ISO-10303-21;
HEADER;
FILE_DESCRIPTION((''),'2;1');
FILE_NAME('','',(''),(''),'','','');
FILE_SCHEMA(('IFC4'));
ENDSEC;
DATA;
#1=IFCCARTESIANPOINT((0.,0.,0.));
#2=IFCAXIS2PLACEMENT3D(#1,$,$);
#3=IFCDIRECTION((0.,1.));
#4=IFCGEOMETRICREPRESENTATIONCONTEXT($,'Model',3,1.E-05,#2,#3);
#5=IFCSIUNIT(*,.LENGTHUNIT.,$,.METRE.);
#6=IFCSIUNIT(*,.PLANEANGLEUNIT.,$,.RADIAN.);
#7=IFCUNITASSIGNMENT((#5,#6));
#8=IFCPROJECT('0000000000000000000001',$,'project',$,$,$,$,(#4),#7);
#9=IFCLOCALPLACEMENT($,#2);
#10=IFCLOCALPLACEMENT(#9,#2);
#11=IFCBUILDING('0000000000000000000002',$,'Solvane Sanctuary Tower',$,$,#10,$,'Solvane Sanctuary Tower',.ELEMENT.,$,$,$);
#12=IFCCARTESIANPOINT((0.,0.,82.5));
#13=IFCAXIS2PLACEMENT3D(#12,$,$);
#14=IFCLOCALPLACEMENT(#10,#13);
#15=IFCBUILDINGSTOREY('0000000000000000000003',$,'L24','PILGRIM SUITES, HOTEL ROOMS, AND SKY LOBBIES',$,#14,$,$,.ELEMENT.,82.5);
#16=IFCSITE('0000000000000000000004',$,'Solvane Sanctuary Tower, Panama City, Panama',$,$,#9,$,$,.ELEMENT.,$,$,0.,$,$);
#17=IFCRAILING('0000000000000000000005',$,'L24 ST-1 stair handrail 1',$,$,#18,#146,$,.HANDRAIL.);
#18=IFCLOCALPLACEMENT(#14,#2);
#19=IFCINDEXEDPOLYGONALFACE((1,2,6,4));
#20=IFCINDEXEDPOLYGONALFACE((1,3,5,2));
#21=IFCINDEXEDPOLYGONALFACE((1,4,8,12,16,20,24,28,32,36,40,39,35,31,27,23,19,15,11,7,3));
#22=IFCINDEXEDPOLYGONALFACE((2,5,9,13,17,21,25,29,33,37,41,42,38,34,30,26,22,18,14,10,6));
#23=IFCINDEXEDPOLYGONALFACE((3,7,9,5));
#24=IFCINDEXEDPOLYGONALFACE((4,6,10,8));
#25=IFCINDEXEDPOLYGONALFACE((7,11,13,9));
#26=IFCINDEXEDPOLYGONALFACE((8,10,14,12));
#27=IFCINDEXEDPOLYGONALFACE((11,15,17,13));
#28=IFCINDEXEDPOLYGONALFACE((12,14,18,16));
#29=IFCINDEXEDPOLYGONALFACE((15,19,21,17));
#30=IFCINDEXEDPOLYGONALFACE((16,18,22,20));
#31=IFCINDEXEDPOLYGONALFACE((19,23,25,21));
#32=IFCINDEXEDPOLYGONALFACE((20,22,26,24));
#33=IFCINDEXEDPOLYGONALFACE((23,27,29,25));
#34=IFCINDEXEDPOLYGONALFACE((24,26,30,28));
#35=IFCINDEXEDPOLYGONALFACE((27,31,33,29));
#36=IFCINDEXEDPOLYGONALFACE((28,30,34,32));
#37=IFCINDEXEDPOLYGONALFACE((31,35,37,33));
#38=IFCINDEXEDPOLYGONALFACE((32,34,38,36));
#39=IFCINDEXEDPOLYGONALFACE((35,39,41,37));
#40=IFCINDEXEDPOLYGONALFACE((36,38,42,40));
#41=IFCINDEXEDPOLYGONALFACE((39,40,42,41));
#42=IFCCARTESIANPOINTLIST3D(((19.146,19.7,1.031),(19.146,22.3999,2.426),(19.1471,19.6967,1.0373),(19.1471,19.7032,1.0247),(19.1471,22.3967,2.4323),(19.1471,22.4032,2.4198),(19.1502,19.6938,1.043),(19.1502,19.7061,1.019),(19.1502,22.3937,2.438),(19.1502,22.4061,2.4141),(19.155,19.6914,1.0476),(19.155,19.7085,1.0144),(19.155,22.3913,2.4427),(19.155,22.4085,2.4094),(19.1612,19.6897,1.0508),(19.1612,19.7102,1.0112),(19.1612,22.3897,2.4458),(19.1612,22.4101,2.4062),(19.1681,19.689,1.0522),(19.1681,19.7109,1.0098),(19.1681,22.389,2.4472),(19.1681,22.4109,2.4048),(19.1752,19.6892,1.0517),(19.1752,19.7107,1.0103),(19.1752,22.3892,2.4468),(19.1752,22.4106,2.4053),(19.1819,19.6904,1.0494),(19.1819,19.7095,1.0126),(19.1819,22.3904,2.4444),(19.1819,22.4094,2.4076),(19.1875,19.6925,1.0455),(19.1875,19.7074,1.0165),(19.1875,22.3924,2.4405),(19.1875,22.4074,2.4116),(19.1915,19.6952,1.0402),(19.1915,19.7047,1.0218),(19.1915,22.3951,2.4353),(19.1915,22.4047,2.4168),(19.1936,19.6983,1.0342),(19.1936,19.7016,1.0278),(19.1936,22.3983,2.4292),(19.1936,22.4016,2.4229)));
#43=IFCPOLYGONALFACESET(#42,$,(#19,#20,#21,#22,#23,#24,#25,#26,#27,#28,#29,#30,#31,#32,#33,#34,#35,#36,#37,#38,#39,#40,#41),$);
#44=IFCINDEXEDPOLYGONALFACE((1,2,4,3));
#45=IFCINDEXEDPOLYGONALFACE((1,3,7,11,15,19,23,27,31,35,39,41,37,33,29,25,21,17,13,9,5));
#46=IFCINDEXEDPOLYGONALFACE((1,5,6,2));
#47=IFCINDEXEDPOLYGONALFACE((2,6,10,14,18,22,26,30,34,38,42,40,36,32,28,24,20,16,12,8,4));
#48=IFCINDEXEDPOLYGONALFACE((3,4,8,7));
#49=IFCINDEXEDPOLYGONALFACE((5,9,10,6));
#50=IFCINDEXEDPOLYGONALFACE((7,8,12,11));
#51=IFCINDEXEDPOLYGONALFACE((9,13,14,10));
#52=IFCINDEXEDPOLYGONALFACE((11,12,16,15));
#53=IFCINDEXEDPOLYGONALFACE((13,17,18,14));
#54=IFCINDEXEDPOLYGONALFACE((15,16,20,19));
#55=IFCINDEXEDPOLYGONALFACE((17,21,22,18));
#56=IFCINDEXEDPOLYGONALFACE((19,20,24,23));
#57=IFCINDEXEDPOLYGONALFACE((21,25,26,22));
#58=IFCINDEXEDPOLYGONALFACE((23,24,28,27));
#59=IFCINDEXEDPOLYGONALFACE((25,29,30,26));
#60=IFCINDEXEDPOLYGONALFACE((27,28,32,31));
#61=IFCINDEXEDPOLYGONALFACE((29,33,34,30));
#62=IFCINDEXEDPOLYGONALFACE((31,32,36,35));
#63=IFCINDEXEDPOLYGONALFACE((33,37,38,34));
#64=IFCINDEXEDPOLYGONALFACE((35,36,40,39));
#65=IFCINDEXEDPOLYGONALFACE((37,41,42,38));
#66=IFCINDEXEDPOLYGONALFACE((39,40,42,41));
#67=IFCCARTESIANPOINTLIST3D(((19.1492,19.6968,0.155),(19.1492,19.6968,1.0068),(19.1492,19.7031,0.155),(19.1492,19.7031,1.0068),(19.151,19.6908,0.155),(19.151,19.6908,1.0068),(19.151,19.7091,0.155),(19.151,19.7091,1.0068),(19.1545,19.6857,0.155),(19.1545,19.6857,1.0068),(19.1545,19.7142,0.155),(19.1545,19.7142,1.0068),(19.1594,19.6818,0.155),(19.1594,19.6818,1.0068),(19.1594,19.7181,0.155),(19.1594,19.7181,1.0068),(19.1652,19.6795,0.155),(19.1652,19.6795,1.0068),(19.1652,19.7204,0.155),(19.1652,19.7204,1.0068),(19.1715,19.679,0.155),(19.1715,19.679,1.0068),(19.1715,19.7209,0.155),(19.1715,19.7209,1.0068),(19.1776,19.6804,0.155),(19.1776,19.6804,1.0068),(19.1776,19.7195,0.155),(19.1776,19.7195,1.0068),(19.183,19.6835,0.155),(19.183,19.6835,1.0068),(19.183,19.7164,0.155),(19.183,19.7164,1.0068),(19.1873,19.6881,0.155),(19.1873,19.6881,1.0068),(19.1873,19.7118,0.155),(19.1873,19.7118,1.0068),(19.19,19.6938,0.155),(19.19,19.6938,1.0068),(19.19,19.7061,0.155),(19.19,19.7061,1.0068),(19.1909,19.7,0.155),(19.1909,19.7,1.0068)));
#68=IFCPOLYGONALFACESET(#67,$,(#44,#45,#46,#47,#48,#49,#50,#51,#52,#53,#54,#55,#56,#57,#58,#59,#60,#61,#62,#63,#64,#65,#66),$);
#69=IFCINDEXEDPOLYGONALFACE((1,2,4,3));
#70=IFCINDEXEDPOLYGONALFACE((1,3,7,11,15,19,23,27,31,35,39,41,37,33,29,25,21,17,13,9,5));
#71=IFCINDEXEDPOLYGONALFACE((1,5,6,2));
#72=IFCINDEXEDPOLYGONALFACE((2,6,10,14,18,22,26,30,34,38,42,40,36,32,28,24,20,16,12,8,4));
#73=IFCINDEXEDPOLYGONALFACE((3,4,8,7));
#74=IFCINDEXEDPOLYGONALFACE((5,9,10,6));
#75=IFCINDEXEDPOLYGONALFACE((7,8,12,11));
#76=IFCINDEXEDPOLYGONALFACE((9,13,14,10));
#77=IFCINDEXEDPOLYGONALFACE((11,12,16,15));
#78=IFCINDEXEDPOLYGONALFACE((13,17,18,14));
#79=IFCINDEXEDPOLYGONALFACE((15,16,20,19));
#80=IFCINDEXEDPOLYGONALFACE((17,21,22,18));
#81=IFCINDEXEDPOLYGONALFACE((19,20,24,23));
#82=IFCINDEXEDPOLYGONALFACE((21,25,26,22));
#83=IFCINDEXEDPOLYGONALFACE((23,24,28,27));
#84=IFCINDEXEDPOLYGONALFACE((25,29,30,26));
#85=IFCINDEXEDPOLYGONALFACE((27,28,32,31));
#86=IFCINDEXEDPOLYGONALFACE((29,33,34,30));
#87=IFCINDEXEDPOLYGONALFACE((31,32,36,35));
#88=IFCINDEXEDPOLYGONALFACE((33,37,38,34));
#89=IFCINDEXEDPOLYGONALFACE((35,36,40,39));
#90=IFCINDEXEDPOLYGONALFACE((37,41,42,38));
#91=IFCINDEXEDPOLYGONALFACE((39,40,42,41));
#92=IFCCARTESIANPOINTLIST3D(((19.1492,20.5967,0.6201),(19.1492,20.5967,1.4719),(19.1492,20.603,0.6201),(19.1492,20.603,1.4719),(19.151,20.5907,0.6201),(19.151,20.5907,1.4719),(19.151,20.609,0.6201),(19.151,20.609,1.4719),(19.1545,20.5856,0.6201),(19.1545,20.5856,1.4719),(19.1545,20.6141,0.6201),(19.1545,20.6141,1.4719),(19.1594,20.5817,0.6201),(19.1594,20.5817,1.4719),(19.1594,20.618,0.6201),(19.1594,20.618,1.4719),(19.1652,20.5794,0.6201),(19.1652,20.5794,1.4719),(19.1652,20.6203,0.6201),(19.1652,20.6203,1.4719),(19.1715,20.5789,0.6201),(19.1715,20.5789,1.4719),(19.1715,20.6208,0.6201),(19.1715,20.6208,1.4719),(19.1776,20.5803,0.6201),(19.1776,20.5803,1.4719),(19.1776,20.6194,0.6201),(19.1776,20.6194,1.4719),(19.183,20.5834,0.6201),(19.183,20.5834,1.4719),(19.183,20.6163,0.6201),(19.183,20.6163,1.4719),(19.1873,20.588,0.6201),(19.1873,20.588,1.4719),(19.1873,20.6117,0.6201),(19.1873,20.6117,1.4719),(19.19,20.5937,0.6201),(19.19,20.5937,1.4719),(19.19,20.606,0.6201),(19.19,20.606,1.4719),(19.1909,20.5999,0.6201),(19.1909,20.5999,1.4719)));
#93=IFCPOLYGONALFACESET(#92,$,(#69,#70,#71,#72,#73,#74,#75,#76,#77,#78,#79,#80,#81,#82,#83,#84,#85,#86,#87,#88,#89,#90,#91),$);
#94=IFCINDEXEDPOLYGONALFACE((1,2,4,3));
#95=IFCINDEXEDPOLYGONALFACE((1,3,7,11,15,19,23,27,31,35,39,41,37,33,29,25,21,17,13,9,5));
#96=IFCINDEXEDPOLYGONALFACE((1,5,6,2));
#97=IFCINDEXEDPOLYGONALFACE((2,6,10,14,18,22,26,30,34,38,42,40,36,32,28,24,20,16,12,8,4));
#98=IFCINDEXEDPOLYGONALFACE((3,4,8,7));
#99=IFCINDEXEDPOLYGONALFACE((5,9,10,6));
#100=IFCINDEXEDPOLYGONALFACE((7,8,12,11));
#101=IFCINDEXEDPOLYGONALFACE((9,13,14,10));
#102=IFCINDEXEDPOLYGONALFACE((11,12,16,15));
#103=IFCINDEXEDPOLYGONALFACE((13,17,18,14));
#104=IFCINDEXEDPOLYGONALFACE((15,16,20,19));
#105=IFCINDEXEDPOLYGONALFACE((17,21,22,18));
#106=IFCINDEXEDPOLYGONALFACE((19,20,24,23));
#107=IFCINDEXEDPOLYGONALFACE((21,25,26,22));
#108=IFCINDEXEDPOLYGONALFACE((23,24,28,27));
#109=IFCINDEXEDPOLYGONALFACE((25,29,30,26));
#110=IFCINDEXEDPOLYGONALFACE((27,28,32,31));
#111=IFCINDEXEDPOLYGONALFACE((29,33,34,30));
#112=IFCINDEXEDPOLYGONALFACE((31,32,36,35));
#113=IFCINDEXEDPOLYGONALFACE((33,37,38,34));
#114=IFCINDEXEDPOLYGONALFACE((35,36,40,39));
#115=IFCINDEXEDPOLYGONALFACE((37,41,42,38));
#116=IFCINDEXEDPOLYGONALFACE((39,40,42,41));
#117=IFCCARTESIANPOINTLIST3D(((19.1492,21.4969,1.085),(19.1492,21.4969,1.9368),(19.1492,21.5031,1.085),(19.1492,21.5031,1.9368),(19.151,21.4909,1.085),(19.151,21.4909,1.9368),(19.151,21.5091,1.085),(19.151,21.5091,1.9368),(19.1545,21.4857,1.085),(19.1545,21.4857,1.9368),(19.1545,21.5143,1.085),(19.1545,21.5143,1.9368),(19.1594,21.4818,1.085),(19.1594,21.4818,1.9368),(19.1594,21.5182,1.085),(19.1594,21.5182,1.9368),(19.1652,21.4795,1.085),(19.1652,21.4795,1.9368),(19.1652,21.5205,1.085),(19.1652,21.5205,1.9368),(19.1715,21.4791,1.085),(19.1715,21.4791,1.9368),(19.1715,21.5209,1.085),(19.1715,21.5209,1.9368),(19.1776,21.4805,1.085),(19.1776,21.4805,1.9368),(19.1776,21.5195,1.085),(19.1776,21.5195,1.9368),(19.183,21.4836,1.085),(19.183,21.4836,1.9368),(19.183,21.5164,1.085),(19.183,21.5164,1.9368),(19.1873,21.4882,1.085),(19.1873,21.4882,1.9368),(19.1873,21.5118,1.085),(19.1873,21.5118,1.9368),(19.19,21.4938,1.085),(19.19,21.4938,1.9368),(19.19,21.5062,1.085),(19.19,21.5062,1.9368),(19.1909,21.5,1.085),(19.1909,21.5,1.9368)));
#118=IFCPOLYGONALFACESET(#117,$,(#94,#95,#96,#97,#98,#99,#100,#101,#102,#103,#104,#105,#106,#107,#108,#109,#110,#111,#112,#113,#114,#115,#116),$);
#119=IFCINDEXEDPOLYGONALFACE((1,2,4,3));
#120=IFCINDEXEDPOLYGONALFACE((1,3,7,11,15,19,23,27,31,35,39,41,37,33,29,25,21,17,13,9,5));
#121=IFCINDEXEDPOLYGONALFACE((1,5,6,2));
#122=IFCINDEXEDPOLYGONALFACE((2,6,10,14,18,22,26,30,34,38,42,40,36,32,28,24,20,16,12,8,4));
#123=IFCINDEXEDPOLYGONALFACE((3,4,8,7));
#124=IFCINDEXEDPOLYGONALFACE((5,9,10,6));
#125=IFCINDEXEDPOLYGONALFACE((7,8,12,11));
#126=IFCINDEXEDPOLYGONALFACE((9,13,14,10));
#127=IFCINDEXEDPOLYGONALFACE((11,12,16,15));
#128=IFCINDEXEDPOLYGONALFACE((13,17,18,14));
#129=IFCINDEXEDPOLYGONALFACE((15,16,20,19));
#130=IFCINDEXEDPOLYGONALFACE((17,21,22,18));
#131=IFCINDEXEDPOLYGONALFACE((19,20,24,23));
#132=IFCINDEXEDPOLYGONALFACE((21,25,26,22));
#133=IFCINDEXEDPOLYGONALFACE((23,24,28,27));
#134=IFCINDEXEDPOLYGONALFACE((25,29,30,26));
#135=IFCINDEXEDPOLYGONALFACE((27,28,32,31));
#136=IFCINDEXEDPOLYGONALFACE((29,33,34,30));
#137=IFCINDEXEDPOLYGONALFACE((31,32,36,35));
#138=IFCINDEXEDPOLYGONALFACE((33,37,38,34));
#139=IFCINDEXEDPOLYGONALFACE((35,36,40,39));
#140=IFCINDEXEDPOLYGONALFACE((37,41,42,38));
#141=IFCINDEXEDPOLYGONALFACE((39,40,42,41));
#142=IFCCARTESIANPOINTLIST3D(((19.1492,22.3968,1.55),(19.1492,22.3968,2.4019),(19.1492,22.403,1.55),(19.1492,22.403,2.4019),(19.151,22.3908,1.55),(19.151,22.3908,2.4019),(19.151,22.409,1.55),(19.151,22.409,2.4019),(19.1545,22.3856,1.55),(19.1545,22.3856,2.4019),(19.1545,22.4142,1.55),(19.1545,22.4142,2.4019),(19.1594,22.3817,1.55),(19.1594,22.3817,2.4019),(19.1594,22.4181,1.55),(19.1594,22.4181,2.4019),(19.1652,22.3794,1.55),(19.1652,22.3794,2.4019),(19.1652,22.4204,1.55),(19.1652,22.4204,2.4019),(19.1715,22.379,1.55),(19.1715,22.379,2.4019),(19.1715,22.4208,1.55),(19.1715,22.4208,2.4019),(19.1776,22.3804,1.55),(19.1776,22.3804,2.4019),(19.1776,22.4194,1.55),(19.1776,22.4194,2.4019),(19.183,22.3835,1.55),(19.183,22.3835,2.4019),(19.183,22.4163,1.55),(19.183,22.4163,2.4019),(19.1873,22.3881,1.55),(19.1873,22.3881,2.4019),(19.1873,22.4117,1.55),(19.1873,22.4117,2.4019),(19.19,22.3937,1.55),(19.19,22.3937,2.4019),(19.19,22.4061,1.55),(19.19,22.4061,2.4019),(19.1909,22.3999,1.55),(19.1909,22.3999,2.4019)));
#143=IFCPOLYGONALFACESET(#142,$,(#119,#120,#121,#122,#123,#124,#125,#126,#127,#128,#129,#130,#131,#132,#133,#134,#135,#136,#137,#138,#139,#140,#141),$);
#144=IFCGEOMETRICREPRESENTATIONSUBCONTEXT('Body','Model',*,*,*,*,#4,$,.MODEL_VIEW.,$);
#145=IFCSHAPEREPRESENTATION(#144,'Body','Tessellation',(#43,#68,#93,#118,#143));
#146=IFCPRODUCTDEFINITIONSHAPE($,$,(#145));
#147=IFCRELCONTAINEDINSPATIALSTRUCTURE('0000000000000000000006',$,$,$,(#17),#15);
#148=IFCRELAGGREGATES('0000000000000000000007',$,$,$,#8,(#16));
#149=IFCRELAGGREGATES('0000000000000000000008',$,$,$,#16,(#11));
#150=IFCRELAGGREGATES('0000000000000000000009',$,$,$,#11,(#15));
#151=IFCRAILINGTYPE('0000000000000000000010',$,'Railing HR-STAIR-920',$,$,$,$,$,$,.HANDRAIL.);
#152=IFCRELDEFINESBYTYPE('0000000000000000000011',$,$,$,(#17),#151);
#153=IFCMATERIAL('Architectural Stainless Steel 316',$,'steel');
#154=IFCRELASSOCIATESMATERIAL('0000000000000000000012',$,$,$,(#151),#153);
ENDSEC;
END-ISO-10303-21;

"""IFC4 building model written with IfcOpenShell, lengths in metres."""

from ifc_helpers import new_model, si_unit, direction, frame, origin, origin_2d, place, context, subcontext, project, spatial, circle, extrude, material, type_object, element, save


model = new_model("IFC4")

# Units and contexts
model_context = context("Model", 3, precision=1e-05, world=origin(), true_north=direction((0.0, 1.0)))
body_context = subcontext(model_context, "Body", "Model", "MODEL_VIEW")
ifc_project = project(units=[si_unit("LENGTHUNIT", "METRE"), si_unit("PLANEANGLEUNIT", "RADIAN")], contexts=[model_context])

# Site, building, storey
site_placement = place(None, origin())
site = spatial("IfcSite", under=ifc_project, at=site_placement, Name="Solvane Sanctuary Tower, Panama City, Panama", CompositionType="ELEMENT", RefElevation=0.0)
building_placement = place(site_placement, origin())
building = spatial("IfcBuilding", under=site, at=building_placement, Name="Solvane Sanctuary Tower", LongName="Solvane Sanctuary Tower", CompositionType="ELEMENT")
storey_placement = place(building_placement, frame((0.0, 0.0, 82.5)))
storey = spatial("IfcBuildingStorey", under=building, at=storey_placement, Name="L24", Description="PILGRIM SUITES, HOTEL ROOMS, AND SKY LOBBIES", CompositionType="ELEMENT", Elevation=82.5)

# Shared definitions
ifc_material_1 = material(Name="Architectural Stainless Steel 316", Category="steel")

# Railing
railing_type_1 = type_object("IfcRailingType", Name="Railing HR-STAIR-920", PredefinedType="HANDRAIL", material=ifc_material_1)
railing_1_placement = place(storey_placement, frame((19.1699, 19.7, 0.155)))
element("IfcRailing", 1, at=railing_1_placement, inside=storey, type_object=railing_type_1, Name="L24 ST-1 stair handrail 1", PredefinedType="HANDRAIL", context=body_context, shape_type="SweptSolid", body=[
    extrude(circle(Radius=0.0239, at=origin_2d()), frame((0.0, 0.0, 0.876), z_axis=(0.0, 0.88842, 0.459032), x_axis=(-1.0, 0.0, 0.0)), (0.0, 0.0, 1.0), 3.0391),
    extrude(circle(Radius=0.021, at=origin_2d()), origin(), (0.0, 0.0, 1.0), 0.8518),
    extrude(circle(Radius=0.021, at=origin_2d()), frame((0.0, 0.8999, 0.4651)), (0.0, 0.0, 1.0), 0.8518),
    extrude(circle(Radius=0.021, at=origin_2d()), frame((0.0, 1.8, 0.9299)), (0.0, 0.0, 1.0), 0.8518),
    extrude(circle(Radius=0.021, at=origin_2d()), frame((0.0, 2.7, 1.395)), (0.0, 0.0, 1.0), 0.8518),
])

save(model, "model.ifc")
